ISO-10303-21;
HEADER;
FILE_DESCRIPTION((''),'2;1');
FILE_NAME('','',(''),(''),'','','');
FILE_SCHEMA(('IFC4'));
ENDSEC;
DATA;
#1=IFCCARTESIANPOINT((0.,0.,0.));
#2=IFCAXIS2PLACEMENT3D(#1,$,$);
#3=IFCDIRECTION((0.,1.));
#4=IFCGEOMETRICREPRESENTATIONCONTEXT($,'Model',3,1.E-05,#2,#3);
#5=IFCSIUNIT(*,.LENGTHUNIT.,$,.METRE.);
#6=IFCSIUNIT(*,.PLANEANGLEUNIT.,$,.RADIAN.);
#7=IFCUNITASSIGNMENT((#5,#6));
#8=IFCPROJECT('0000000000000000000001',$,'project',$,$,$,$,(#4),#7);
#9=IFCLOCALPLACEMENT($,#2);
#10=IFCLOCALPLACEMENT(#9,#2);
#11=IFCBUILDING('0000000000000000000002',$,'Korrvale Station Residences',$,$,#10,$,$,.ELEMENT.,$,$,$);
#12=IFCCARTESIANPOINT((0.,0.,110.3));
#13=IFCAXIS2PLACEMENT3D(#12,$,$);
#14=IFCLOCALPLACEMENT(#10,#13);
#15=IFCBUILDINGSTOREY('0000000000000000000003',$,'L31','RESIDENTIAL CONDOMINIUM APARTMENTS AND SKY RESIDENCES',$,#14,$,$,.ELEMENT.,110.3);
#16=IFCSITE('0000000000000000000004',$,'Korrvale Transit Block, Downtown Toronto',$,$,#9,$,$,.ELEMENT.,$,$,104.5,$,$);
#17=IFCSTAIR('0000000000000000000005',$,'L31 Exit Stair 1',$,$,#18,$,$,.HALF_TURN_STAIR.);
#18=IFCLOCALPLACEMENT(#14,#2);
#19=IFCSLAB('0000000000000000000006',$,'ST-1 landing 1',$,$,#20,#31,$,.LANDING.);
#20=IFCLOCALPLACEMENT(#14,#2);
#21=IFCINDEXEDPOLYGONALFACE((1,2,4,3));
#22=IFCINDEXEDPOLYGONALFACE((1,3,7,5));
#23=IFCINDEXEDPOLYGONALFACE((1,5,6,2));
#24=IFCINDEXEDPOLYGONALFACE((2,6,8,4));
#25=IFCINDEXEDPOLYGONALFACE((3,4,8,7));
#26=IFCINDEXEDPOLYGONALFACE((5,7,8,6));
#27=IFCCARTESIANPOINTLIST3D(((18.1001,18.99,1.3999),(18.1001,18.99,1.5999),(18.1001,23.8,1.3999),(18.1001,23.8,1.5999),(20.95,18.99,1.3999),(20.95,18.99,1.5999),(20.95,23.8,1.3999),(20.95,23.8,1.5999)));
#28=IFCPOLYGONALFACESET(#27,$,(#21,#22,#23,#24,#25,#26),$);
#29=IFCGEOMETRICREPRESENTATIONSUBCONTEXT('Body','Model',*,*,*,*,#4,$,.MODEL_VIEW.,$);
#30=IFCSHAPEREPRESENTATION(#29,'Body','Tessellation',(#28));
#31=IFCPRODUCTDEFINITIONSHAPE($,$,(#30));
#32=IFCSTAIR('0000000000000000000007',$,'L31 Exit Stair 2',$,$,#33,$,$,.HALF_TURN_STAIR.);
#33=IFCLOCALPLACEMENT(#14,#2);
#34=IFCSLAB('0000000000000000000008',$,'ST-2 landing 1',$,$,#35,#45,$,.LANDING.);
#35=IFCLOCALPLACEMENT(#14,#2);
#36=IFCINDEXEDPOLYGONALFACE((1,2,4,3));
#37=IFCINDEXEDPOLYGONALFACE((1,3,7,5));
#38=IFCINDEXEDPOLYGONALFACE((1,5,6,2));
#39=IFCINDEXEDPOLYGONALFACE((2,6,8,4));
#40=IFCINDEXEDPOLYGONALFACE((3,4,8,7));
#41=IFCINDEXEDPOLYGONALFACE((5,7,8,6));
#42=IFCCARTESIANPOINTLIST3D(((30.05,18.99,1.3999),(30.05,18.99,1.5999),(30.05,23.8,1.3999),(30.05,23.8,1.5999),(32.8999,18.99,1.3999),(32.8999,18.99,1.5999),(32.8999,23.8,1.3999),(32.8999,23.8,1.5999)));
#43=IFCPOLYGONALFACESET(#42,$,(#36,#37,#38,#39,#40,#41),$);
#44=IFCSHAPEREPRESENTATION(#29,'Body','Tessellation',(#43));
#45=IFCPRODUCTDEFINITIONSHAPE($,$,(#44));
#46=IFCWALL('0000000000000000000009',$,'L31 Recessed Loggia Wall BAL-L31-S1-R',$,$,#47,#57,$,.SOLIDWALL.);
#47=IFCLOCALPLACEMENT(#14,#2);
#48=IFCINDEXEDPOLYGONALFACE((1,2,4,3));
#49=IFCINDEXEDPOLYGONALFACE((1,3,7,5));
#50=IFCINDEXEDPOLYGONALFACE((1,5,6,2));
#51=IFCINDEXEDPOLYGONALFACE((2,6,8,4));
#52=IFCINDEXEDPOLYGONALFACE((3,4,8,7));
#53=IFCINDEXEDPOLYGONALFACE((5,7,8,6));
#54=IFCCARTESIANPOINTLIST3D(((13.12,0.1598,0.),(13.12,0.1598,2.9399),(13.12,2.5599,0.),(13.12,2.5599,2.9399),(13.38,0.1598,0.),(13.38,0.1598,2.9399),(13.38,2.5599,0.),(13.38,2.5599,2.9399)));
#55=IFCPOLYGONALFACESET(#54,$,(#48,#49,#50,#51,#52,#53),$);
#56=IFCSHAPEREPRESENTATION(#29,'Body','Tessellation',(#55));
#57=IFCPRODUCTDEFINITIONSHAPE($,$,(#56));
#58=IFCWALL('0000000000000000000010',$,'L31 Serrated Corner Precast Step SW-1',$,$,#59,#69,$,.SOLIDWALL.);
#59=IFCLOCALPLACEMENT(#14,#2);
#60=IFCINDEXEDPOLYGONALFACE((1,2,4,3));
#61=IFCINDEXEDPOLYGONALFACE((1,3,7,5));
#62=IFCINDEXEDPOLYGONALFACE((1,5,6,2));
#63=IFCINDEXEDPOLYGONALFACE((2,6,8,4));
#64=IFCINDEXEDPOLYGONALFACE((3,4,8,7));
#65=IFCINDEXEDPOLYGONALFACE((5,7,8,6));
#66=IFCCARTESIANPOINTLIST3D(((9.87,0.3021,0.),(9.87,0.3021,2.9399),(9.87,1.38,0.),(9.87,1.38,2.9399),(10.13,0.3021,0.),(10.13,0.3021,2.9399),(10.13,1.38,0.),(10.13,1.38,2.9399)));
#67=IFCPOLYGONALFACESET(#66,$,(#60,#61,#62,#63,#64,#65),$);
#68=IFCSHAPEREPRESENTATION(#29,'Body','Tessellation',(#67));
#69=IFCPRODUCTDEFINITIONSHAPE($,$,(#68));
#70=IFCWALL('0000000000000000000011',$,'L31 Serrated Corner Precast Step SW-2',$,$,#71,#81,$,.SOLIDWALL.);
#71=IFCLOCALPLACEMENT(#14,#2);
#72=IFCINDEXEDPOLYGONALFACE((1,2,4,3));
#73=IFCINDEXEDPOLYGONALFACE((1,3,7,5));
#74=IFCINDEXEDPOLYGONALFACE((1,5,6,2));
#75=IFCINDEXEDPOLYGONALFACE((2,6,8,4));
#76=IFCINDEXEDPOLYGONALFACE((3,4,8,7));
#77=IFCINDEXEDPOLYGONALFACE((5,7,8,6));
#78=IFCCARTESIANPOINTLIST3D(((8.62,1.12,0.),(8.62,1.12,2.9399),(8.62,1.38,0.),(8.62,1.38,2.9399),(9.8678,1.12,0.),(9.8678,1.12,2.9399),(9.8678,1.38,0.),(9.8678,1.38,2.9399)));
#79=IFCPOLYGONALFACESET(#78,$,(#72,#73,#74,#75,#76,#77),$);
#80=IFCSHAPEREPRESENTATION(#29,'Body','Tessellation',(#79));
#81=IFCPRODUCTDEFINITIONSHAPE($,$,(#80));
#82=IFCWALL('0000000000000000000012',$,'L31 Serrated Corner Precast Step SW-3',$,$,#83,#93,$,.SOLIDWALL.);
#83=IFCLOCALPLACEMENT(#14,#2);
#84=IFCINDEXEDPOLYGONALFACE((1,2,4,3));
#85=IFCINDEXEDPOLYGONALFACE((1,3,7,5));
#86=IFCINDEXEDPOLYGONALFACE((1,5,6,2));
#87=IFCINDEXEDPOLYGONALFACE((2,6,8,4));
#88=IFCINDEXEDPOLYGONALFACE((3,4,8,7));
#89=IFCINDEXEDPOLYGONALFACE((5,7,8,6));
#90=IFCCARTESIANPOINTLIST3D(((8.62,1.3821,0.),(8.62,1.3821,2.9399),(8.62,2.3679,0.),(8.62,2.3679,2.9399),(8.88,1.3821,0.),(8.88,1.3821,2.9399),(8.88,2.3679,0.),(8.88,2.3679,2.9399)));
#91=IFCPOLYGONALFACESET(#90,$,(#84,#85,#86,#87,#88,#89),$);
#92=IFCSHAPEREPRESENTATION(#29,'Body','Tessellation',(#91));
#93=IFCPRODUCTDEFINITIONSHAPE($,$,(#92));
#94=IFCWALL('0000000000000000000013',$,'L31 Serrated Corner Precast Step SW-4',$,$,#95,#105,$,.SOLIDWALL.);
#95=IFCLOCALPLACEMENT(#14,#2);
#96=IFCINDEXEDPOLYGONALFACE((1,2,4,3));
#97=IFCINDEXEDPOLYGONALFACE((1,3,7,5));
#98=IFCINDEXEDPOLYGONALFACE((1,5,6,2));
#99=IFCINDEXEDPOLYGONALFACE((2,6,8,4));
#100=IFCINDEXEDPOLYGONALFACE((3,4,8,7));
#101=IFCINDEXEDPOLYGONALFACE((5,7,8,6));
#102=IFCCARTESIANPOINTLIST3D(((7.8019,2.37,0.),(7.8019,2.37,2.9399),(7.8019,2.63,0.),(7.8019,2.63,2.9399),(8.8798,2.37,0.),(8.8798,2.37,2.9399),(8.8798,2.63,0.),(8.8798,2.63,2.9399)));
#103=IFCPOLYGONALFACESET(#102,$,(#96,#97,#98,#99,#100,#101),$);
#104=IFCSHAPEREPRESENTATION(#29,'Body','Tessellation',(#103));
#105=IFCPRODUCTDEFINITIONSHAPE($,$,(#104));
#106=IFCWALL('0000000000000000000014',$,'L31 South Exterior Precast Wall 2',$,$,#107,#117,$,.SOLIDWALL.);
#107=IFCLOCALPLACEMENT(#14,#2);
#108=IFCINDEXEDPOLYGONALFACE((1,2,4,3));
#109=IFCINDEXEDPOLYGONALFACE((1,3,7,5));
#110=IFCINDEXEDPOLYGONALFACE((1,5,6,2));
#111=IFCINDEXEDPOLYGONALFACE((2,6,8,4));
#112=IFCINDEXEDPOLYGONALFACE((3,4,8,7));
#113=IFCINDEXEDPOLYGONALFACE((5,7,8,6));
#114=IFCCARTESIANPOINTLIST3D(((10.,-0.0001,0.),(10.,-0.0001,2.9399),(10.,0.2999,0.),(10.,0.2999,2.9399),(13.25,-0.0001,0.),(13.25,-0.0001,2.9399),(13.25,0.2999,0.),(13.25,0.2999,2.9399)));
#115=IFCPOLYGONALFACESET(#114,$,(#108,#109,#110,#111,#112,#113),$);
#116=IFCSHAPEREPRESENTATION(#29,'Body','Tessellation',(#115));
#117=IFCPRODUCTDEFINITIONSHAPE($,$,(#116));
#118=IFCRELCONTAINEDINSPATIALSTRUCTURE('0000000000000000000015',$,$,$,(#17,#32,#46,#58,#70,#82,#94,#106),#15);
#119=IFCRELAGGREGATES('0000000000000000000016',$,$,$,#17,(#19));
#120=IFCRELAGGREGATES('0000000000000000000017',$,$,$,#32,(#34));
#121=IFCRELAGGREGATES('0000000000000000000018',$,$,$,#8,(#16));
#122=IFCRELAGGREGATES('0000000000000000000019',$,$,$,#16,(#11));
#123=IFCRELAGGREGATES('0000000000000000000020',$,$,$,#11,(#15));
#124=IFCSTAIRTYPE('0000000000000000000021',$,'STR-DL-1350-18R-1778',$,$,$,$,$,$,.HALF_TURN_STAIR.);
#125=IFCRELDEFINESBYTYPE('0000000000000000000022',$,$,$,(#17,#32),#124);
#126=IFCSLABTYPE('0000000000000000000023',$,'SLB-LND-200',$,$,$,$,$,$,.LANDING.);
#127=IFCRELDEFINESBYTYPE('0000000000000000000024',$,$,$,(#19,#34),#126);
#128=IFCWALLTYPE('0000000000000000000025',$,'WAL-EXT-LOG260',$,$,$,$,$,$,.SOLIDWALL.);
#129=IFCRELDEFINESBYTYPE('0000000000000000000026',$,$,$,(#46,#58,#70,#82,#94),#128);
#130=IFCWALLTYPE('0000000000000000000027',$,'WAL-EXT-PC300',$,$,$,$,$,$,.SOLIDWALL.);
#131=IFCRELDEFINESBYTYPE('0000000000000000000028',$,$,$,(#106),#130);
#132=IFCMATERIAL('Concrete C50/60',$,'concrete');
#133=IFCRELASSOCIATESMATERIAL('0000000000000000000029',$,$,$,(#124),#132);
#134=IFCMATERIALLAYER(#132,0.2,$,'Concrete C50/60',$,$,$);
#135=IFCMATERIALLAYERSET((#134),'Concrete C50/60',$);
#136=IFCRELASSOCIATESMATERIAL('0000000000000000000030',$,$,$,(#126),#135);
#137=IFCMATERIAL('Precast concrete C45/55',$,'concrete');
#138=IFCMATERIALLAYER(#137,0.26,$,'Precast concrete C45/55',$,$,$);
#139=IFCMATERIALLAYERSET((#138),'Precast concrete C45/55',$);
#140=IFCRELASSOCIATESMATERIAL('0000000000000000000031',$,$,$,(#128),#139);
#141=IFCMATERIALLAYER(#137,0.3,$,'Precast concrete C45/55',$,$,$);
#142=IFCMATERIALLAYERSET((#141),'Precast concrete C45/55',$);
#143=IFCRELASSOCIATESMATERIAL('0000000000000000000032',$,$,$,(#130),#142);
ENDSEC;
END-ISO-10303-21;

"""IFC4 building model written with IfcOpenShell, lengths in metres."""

from ifc_helpers import new_model, si_unit, direction, frame, frame_2d, origin, place, context, subcontext, project, spatial, polyline, rectangle, outline, extrude, material, layer, layer_set, type_object, element, aggregate, save


model = new_model("IFC4")

# Units and contexts
model_context = context("Model", 3, precision=1e-05, world=origin(), true_north=direction((0.0, 1.0)))
body_context = subcontext(model_context, "Body", "Model", "MODEL_VIEW")
ifc_project = project(units=[si_unit("LENGTHUNIT", "METRE"), si_unit("PLANEANGLEUNIT", "RADIAN")], contexts=[model_context])

# Site, building, storey
site_placement = place(None, origin())
site = spatial("IfcSite", under=ifc_project, at=site_placement, Name="Korrvale Transit Block, Downtown Toronto", CompositionType="ELEMENT", RefElevation=104.5)
building_placement = place(site_placement, origin())
building = spatial("IfcBuilding", under=site, at=building_placement, Name="Korrvale Station Residences", CompositionType="ELEMENT")
storey_placement = place(building_placement, frame((0.0, 0.0, 110.3)))
storey = spatial("IfcBuildingStorey", under=building, at=storey_placement, Name="L31", Description="RESIDENTIAL CONDOMINIUM APARTMENTS AND SKY RESIDENCES", CompositionType="ELEMENT", Elevation=110.3)

# Shared definitions
ifc_material_1 = material(Name="Concrete C50/60", Category="concrete")

# Stairs, slabs
stair_type = type_object("IfcStairType", Name="STR-DL-1350-18R-1778", PredefinedType="HALF_TURN_STAIR", material=ifc_material_1)
stair_1_placement = place(storey_placement, origin())
stair_1 = element("IfcStair", 1, at=stair_1_placement, inside=storey, type_object=stair_type, Name="L31 Exit Stair 1", PredefinedType="HALF_TURN_STAIR")
ifc_layer_1 = layer(ifc_material_1, 0.2, Name="Concrete C50/60")
ifc_layer_set_1 = layer_set([ifc_layer_1], Name="Concrete C50/60")
slab_type_1 = type_object("IfcSlabType", Name="SLB-LND-200", PredefinedType="LANDING", material=ifc_layer_set_1)
slab_1_placement = place(storey_placement, frame((0.0, 0.0, 1.3999)))
slab_1 = element("IfcSlab", 2, at=slab_1_placement, type_object=slab_type_1, Name="ST-1 landing 1", PredefinedType="LANDING", context=body_context, shape_type="SweptSolid", body=[
    extrude(outline(polyline([(20.95, 18.99), (20.95, 23.8), (18.1001, 23.8), (18.1001, 18.99), (20.95, 18.99)])), origin(), (0.0, 0.0, 1.0), 0.2),
])
aggregate(stair_1, [slab_1])
stair_2_placement = place(storey_placement, origin())
stair_2 = element("IfcStair", 3, at=stair_2_placement, inside=storey, type_object=stair_type, Name="L31 Exit Stair 2", PredefinedType="HALF_TURN_STAIR")
slab_2_placement = place(storey_placement, frame((0.0, 0.0, 1.3999)))
slab_2 = element("IfcSlab", 4, at=slab_2_placement, type_object=slab_type_1, Name="ST-2 landing 1", PredefinedType="LANDING", context=body_context, shape_type="SweptSolid", body=[
    extrude(outline(polyline([(32.8999, 18.99), (32.8999, 23.8), (30.05, 23.8), (30.05, 18.99), (32.8999, 18.99)])), origin(), (0.0, 0.0, 1.0), 0.2),
])
aggregate(stair_2, [slab_2])

# Walls
ifc_material_2 = material(Name="Precast concrete C45/55", Category="concrete")
ifc_layer_2 = layer(ifc_material_2, 0.26, Name="Precast concrete C45/55")
ifc_layer_set_2 = layer_set([ifc_layer_2], Name="Precast concrete C45/55")
wall_type_1 = type_object("IfcWallType", Name="WAL-EXT-LOG260", PredefinedType="SOLIDWALL", material=ifc_layer_set_2)
wall_1_placement = place(storey_placement, frame((13.25, 2.5601, 0.0), z_axis=(0.0, 0.0, 1.0), x_axis=(0.0, -1.0, 0.0)))
element("IfcWall", 5, at=wall_1_placement, inside=storey, type_object=wall_type_1, Name="L31 Recessed Loggia Wall BAL-L31-S1-R", PredefinedType="SOLIDWALL", context=body_context, shape_type="SweptSolid", body=[
    extrude(rectangle(XDim=2.4001, YDim=0.26, at=frame_2d((1.2002, 0.0))), origin(), (0.0, 0.0, 1.0), 2.9399),
])
wall_2_placement = place(storey_placement, frame((10.0, 0.302, 0.0), z_axis=(0.0, 0.0, 1.0), x_axis=(0.0, 1.0, 0.0)))
element("IfcWall", 6, at=wall_2_placement, inside=storey, type_object=wall_type_1, Name="L31 Serrated Corner Precast Step SW-1", PredefinedType="SOLIDWALL", context=body_context, shape_type="SweptSolid", body=[
    extrude(rectangle(XDim=1.0779, YDim=0.26, at=frame_2d((0.5391, 0.0))), origin(), (0.0, 0.0, 1.0), 2.9399),
])
wall_3_placement = place(storey_placement, frame((9.8679, 1.25, 0.0), z_axis=(0.0, 0.0, 1.0), x_axis=(-1.0, 0.0, 0.0)))
element("IfcWall", 7, at=wall_3_placement, inside=storey, type_object=wall_type_1, Name="L31 Serrated Corner Precast Step SW-2", PredefinedType="SOLIDWALL", context=body_context, shape_type="SweptSolid", body=[
    extrude(rectangle(XDim=1.2478, YDim=0.26, at=frame_2d((0.624, 0.0))), origin(), (0.0, 0.0, 1.0), 2.9399),
])
wall_4_placement = place(storey_placement, frame((8.75, 1.3821, 0.0), z_axis=(0.0, 0.0, 1.0), x_axis=(0.0, 1.0, 0.0)))
element("IfcWall", 8, at=wall_4_placement, inside=storey, type_object=wall_type_1, Name="L31 Serrated Corner Precast Step SW-3", PredefinedType="SOLIDWALL", context=body_context, shape_type="SweptSolid", body=[
    extrude(rectangle(XDim=0.9858, YDim=0.26, at=frame_2d((0.4929, 0.0))), origin(), (0.0, 0.0, 1.0), 2.9399),
])
wall_5_placement = place(storey_placement, frame((8.8799, 2.5, 0.0), z_axis=(0.0, 0.0, 1.0), x_axis=(-1.0, 0.0, 0.0)))
element("IfcWall", 9, at=wall_5_placement, inside=storey, type_object=wall_type_1, Name="L31 Serrated Corner Precast Step SW-4", PredefinedType="SOLIDWALL", context=body_context, shape_type="SweptSolid", body=[
    extrude(rectangle(XDim=1.0779, YDim=0.26, at=frame_2d((0.5391, 0.0))), origin(), (0.0, 0.0, 1.0), 2.9399),
])
ifc_layer_3 = layer(ifc_material_2, 0.3, Name="Precast concrete C45/55")
ifc_layer_set_3 = layer_set([ifc_layer_3], Name="Precast concrete C45/55")
wall_type_2 = type_object("IfcWallType", Name="WAL-EXT-PC300", PredefinedType="SOLIDWALL", material=ifc_layer_set_3)
wall_6_placement = place(storey_placement, frame((13.25, 0.1499, 0.0), z_axis=(0.0, 0.0, 1.0), x_axis=(-1.0, 0.0, 0.0)))
element("IfcWall", 10, at=wall_6_placement, inside=storey, type_object=wall_type_2, Name="L31 South Exterior Precast Wall 2", PredefinedType="SOLIDWALL", context=body_context, shape_type="SweptSolid", body=[
    extrude(rectangle(XDim=3.25, YDim=0.3, at=frame_2d((1.625, 0.0))), origin(), (0.0, 0.0, 1.0), 2.9399),
])

save(model, "model.ifc")
